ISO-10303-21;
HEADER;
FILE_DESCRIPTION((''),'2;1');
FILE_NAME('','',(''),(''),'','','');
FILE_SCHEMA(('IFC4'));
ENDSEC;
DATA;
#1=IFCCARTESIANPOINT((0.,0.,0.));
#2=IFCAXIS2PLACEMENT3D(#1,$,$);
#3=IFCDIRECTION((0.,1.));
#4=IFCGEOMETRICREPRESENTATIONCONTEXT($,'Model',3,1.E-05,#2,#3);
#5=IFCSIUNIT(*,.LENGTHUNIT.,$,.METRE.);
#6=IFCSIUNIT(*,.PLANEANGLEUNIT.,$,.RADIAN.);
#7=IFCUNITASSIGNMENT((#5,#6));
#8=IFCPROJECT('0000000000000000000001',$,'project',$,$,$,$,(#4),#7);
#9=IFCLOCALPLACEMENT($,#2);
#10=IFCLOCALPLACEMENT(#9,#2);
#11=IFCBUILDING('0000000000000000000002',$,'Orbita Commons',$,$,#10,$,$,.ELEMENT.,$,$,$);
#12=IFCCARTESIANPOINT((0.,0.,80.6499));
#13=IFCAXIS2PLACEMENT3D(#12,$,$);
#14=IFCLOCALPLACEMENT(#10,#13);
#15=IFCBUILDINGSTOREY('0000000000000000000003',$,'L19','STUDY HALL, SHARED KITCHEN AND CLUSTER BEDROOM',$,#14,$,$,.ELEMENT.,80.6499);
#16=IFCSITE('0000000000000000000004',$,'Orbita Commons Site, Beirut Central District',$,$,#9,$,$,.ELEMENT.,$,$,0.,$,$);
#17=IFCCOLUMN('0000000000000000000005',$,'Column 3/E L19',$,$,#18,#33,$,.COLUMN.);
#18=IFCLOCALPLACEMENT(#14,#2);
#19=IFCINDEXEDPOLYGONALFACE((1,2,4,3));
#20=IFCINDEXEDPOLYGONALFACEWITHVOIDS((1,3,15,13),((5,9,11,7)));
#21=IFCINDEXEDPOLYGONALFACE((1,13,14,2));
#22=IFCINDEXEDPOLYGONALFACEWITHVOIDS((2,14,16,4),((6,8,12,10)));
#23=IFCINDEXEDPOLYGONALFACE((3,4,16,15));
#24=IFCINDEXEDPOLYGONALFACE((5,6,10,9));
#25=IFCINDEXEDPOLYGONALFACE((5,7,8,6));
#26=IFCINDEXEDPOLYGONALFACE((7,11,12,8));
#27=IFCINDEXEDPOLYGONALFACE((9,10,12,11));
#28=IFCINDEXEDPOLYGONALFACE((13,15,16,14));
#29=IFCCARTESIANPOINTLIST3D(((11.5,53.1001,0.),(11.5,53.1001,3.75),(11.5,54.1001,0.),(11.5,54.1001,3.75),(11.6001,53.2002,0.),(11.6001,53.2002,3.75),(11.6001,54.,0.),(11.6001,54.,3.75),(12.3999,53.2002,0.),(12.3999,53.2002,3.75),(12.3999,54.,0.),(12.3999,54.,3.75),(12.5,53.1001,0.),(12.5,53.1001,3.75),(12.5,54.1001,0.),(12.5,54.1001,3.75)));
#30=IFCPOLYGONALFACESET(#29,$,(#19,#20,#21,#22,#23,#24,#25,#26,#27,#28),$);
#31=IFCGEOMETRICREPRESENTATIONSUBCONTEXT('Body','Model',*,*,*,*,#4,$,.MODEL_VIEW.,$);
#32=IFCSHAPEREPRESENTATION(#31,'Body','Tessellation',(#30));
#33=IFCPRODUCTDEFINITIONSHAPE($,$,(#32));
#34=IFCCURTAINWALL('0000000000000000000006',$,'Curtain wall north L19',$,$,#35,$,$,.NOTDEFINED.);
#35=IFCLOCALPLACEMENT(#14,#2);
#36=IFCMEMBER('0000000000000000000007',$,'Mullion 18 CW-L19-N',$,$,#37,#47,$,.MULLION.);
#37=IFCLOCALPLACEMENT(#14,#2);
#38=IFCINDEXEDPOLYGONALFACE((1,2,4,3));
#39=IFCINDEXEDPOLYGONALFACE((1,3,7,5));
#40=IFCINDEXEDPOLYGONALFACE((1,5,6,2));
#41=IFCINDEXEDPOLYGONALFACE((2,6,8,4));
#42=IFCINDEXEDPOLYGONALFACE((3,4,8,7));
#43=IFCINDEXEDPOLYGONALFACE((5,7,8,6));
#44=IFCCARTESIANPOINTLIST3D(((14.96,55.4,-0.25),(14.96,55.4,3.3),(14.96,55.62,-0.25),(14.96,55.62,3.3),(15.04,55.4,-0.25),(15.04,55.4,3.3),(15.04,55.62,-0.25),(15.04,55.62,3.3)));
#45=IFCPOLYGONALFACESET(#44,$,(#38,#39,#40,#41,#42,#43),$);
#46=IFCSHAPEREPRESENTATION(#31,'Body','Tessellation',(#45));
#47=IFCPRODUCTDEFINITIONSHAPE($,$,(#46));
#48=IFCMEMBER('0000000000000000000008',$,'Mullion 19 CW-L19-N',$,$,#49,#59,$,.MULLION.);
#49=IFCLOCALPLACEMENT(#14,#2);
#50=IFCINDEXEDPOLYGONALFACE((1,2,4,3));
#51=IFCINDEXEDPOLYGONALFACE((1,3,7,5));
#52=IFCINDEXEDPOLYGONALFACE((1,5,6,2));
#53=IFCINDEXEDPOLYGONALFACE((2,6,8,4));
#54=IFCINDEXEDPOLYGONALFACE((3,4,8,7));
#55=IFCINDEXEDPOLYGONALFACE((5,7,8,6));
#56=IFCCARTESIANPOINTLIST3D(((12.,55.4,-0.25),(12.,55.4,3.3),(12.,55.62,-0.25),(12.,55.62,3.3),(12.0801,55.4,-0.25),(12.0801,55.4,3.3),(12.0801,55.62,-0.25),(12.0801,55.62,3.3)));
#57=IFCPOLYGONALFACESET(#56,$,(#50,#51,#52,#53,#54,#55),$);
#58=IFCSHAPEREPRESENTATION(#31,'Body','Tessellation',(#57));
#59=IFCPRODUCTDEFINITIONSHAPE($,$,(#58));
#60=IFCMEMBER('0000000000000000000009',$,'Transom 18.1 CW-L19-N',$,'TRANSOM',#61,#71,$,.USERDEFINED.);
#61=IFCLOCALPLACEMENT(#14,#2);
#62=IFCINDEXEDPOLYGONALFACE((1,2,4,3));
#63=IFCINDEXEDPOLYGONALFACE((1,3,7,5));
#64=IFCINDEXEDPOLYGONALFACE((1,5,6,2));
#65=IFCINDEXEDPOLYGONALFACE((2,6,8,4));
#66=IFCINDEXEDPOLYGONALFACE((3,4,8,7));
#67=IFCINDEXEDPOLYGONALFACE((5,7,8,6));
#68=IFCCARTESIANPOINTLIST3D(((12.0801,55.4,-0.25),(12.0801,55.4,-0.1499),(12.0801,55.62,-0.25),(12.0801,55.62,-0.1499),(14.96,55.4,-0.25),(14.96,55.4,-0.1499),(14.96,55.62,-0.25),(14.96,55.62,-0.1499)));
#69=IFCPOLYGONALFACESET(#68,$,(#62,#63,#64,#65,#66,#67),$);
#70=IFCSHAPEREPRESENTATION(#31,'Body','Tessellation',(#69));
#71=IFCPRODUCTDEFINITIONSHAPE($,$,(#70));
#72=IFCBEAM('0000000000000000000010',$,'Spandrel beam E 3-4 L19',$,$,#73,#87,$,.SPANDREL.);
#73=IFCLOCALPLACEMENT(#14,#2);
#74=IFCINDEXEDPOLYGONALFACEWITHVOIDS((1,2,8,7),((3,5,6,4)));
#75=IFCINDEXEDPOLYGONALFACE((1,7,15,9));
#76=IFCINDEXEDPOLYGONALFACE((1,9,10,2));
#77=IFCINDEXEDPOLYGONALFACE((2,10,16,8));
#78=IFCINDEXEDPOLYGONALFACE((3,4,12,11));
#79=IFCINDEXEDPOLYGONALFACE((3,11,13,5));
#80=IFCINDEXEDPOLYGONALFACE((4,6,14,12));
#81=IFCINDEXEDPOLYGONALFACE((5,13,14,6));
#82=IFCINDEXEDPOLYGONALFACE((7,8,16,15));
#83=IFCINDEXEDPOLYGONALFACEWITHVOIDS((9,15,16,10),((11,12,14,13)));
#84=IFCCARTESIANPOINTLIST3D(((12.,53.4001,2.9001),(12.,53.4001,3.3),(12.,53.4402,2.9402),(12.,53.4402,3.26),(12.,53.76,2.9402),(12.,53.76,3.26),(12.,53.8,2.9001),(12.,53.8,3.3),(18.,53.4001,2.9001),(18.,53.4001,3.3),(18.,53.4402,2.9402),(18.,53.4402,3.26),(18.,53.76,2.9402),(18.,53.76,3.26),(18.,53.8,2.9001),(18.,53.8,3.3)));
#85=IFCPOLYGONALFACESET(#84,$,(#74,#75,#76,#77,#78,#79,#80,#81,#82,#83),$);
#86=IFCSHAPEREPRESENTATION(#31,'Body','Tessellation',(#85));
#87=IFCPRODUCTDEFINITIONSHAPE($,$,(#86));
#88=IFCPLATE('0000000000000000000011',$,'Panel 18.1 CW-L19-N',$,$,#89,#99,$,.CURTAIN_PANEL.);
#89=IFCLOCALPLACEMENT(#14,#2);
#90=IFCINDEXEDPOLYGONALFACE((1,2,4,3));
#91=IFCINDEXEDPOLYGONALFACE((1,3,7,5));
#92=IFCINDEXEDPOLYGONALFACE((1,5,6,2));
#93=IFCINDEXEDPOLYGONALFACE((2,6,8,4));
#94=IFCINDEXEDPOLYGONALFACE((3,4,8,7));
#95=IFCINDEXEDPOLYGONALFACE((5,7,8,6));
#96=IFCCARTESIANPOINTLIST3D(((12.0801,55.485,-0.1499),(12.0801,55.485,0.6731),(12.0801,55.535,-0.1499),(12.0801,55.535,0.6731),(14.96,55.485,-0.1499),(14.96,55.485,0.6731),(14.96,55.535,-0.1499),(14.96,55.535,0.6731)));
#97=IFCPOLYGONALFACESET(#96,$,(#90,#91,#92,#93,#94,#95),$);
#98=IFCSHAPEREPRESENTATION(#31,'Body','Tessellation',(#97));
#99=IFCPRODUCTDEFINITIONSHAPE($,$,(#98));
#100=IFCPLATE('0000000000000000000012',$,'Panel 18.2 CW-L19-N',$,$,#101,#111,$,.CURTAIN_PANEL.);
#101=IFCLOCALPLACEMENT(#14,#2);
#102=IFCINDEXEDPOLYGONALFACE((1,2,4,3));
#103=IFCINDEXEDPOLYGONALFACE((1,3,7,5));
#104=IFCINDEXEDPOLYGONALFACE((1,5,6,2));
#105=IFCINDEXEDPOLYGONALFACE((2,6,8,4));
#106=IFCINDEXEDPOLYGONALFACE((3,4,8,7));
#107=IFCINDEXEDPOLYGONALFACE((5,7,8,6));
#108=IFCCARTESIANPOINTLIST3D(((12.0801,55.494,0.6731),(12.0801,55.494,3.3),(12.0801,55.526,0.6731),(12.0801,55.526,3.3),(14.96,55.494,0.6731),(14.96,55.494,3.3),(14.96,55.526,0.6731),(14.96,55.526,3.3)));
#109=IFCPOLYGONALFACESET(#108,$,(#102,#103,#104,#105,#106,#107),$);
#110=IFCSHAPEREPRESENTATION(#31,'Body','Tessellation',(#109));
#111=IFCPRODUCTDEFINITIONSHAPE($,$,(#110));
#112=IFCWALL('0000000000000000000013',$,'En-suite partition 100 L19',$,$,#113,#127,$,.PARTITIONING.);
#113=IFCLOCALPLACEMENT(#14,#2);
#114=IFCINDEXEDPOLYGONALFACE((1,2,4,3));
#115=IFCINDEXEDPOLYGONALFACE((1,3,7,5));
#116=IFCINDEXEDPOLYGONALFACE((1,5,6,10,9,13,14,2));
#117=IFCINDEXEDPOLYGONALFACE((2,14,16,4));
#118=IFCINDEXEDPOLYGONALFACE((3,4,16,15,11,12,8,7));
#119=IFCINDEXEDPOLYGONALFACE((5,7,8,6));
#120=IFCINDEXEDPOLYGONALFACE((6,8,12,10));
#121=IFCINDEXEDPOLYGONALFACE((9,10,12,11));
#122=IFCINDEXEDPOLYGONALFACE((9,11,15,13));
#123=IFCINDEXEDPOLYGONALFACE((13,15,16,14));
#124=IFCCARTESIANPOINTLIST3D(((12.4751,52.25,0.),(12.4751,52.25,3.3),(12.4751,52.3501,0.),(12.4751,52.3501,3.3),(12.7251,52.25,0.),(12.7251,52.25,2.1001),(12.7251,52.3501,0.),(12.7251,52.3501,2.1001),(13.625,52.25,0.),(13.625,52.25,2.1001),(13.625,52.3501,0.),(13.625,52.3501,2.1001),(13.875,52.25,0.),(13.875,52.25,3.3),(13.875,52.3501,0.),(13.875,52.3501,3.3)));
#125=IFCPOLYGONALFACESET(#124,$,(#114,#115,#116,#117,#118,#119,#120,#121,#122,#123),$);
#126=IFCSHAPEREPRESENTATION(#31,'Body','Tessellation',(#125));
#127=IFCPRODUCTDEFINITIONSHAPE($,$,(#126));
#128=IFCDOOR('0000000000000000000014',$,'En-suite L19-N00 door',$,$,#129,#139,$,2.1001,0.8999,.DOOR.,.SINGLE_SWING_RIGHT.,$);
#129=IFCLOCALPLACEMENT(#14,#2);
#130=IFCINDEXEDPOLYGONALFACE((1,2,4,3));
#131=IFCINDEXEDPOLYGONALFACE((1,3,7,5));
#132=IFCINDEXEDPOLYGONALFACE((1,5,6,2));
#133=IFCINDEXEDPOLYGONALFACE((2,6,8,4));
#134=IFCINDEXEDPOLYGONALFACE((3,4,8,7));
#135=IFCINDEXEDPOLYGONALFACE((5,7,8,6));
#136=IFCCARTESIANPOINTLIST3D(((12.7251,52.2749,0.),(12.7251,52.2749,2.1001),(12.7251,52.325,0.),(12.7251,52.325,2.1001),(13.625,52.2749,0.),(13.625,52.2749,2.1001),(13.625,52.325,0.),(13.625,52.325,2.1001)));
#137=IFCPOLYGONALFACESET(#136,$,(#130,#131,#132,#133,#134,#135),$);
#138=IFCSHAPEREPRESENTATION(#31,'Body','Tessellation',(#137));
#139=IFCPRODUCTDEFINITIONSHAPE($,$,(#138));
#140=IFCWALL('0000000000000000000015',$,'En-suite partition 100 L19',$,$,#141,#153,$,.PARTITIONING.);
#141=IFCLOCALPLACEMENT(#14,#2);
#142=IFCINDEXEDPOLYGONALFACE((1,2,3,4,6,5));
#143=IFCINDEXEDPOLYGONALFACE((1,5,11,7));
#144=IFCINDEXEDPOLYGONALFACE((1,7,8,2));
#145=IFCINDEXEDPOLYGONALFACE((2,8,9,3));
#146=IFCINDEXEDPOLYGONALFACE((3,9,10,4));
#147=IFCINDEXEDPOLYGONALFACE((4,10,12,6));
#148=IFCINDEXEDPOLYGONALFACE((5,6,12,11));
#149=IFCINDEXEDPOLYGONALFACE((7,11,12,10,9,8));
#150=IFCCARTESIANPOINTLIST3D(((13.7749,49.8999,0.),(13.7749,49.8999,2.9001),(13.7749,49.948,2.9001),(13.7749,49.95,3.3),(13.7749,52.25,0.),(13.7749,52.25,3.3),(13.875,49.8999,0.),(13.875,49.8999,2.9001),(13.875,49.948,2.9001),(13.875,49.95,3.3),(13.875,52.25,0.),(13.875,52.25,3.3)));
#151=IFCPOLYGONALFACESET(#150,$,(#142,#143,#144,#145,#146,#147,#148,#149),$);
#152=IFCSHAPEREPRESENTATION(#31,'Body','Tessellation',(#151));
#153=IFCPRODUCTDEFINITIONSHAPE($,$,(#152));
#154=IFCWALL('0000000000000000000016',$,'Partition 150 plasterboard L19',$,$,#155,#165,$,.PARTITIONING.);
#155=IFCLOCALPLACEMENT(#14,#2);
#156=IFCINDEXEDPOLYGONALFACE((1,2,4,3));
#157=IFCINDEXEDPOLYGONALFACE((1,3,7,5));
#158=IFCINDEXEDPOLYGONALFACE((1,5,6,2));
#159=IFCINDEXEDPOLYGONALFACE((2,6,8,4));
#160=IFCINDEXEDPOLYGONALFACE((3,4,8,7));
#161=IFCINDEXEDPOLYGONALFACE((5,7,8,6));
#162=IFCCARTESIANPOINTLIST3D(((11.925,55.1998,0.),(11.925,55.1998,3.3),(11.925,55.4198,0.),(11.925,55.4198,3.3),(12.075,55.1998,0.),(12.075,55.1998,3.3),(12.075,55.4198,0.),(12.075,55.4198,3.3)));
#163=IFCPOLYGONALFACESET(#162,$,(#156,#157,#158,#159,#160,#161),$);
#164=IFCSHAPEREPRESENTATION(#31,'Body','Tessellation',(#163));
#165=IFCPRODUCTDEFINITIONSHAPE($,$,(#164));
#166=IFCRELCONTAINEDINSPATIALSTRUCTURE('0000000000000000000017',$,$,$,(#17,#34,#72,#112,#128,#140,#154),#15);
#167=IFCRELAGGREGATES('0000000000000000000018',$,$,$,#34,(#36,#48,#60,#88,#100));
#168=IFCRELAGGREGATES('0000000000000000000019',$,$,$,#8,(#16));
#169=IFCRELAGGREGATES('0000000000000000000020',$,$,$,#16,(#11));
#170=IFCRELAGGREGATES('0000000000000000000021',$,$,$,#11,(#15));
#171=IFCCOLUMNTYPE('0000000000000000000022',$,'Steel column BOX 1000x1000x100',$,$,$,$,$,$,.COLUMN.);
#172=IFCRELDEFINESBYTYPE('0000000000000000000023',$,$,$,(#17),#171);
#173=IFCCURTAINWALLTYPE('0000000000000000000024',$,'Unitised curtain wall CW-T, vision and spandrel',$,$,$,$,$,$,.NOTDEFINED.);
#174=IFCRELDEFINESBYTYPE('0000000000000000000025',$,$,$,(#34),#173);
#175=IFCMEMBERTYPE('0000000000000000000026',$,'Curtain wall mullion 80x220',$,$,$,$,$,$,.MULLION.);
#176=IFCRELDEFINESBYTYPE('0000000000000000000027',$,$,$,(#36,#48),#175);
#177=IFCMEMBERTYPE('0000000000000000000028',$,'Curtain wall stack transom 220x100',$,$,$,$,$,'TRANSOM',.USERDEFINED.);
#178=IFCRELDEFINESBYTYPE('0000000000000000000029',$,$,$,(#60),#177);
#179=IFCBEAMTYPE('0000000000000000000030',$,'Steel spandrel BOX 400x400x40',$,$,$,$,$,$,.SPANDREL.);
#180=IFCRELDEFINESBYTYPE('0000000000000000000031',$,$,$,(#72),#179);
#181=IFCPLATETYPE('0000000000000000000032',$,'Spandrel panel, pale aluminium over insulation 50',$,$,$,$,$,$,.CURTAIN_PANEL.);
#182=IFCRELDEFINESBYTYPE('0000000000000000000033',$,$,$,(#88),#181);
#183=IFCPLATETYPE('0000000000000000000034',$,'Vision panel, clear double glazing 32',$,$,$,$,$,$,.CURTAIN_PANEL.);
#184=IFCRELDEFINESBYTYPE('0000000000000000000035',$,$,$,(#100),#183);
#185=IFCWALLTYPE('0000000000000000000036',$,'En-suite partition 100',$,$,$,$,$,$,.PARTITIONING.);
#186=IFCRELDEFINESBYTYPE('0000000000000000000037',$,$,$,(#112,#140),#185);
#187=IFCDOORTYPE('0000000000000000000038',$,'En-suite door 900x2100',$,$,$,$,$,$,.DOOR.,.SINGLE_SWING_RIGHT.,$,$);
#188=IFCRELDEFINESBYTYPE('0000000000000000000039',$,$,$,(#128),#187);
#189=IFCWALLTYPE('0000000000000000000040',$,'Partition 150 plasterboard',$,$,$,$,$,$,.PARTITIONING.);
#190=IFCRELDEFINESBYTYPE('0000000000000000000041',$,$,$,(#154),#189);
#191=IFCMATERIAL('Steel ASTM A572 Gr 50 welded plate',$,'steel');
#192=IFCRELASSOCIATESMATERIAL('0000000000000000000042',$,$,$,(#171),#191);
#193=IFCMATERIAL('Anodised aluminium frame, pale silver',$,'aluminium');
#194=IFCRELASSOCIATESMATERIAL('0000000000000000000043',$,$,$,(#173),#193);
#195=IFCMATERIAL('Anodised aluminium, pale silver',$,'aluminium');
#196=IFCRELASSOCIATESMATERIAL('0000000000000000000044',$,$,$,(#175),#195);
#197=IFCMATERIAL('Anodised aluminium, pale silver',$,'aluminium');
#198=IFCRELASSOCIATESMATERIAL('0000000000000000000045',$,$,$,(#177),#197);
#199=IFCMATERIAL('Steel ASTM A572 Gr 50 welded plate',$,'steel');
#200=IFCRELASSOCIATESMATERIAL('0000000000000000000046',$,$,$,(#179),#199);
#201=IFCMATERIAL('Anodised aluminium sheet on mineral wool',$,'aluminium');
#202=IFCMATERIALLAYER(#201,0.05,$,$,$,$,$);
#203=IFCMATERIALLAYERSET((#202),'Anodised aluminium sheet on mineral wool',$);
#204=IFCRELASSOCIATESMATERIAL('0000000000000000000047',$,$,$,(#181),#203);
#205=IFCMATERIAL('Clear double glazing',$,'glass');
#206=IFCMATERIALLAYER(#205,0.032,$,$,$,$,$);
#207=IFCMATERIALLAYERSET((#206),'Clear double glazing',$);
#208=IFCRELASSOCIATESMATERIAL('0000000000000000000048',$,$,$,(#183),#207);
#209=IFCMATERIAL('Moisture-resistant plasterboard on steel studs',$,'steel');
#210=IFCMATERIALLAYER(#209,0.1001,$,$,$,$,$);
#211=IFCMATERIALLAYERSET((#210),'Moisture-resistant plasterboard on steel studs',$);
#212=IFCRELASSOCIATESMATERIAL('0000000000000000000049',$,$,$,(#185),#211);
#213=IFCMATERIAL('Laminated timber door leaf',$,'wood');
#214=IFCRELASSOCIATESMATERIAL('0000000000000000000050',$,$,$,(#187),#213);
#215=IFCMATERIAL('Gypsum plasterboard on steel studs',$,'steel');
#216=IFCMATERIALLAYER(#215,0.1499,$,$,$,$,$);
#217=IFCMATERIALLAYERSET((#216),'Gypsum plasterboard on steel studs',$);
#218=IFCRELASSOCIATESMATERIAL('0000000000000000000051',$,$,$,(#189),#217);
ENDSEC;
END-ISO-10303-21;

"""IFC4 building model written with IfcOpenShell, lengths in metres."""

from ifc_helpers import new_model, si_unit, direction, frame, frame_2d, origin, origin_2d, place, context, subcontext, project, spatial, polyline, rectangle, hollow_rectangle, outline, extrude, material, layer, layer_set, material_profile, profile_set, type_object, element, fill, aggregate, save


model = new_model("IFC4")

# Units and contexts
model_context = context("Model", 3, precision=1e-05, world=origin(), true_north=direction((0.0, 1.0)))
body_context = subcontext(model_context, "Body", "Model", "MODEL_VIEW")
ifc_project = project(units=[si_unit("LENGTHUNIT", "METRE"), si_unit("PLANEANGLEUNIT", "RADIAN")], contexts=[model_context])

# Site, building, storey
site_placement = place(None, origin())
site = spatial("IfcSite", under=ifc_project, at=site_placement, Name="Orbita Commons Site, Beirut Central District", CompositionType="ELEMENT", RefElevation=0.0)
building_placement = place(site_placement, origin())
building = spatial("IfcBuilding", under=site, at=building_placement, Name="Orbita Commons", CompositionType="ELEMENT")
storey_placement = place(building_placement, frame((0.0, 0.0, 80.6499)))
storey = spatial("IfcBuildingStorey", under=building, at=storey_placement, Name="L19", Description="STUDY HALL, SHARED KITCHEN AND CLUSTER BEDROOM", CompositionType="ELEMENT", Elevation=80.6499)

# Column
ifc_material_1 = material(Name="Steel ASTM A572 Gr 50 welded plate", Category="steel")
ifc_material_profile_1 = material_profile(ifc_material_1, hollow_rectangle(XDim=1.0, YDim=1.0, WallThickness=0.1001, at=origin_2d()), Name="BOX 1000x1000x100")
ifc_profile_set_1 = profile_set([ifc_material_profile_1], Name="Steel ASTM A572 Gr 50 welded plate")
column_type = type_object("IfcColumnType", Name="Steel column BOX 1000x1000x100", PredefinedType="COLUMN", material=ifc_profile_set_1)
column_placement = place(storey_placement, frame((12.0, 53.6001, 0.0), z_axis=(0.0, 0.0, 1.0), x_axis=(1.0, 0.0, 0.0)))
element("IfcColumn", 1, at=column_placement, inside=storey, type_object=column_type, Name="Column 3/E L19", PredefinedType="COLUMN", context=body_context, shape_type="SweptSolid", body=[
    extrude(hollow_rectangle(XDim=1.0, YDim=1.0, WallThickness=0.1001, at=origin_2d()), origin(), (0.0, 0.0, 1.0), 3.75),
])

# Curtain wall, members
ifc_material_2 = material(Name="Anodised aluminium frame, pale silver", Category="aluminium")
curtain_wall_type = type_object("IfcCurtainWallType", Name="Unitised curtain wall CW-T, vision and spandrel", PredefinedType="NOTDEFINED", material=ifc_material_2)
curtain_wall_placement = place(storey_placement, origin())
curtain_wall = element("IfcCurtainWall", 2, at=curtain_wall_placement, inside=storey, type_object=curtain_wall_type, Name="Curtain wall north L19", PredefinedType="NOTDEFINED")
ifc_material_3 = material(Name="Anodised aluminium, pale silver", Category="aluminium")
ifc_material_profile_2 = material_profile(ifc_material_3, rectangle(XDim=0.0801, YDim=0.22, at=origin_2d()), Name="AL 80x220")
ifc_profile_set_2 = profile_set([ifc_material_profile_2], Name="Anodised aluminium, pale silver")
member_type_1 = type_object("IfcMemberType", Name="Curtain wall mullion 80x220", PredefinedType="MULLION", material=ifc_profile_set_2)
member_1_placement = place(storey_placement, frame((15.0, 55.51, -0.25), z_axis=(0.0, 0.0, 1.0), x_axis=(-1.0, 0.0, 0.0)))
member_1 = element("IfcMember", 3, at=member_1_placement, type_object=member_type_1, Name="Mullion 18 CW-L19-N", PredefinedType="MULLION", context=body_context, shape_type="SweptSolid", body=[
    extrude(rectangle(XDim=0.0801, YDim=0.22, at=origin_2d()), origin(), (0.0, 0.0, 1.0), 3.55),
])
member_2_placement = place(storey_placement, frame((12.04, 55.51, -0.25), z_axis=(0.0, 0.0, 1.0), x_axis=(-1.0, 0.0, 0.0)))
member_2 = element("IfcMember", 4, at=member_2_placement, type_object=member_type_1, Name="Mullion 19 CW-L19-N", PredefinedType="MULLION", context=body_context, shape_type="SweptSolid", body=[
    extrude(rectangle(XDim=0.0801, YDim=0.22, at=origin_2d()), origin(), (0.0, 0.0, 1.0), 3.55),
])
ifc_material_4 = material(Name="Anodised aluminium, pale silver", Category="aluminium")
ifc_material_profile_3 = material_profile(ifc_material_4, rectangle(XDim=0.22, YDim=0.1001, at=origin_2d()), Name="AL 220x100")
ifc_profile_set_3 = profile_set([ifc_material_profile_3], Name="Anodised aluminium, pale silver")
member_type_2 = type_object("IfcMemberType", Name="Curtain wall stack transom 220x100", ElementType="TRANSOM", PredefinedType="USERDEFINED", material=ifc_profile_set_3)
member_3_placement = place(storey_placement, frame((14.96, 55.51, -0.2), z_axis=(-1.0, 0.0, 0.0), x_axis=(0.0, -1.0, 0.0)))
member_3 = element("IfcMember", 5, at=member_3_placement, type_object=member_type_2, Name="Transom 18.1 CW-L19-N", ObjectType="TRANSOM", PredefinedType="USERDEFINED", context=body_context, shape_type="SweptSolid", body=[
    extrude(rectangle(XDim=0.22, YDim=0.1001, at=origin_2d()), origin(), (0.0, 0.0, 1.0), 2.8799),
])

# Beam
ifc_material_5 = material(Name="Steel ASTM A572 Gr 50 welded plate", Category="steel")
ifc_material_profile_4 = material_profile(ifc_material_5, hollow_rectangle(XDim=0.3999, YDim=0.3999, WallThickness=0.04, at=origin_2d()), Name="BOX 400x400x40")
ifc_profile_set_4 = profile_set([ifc_material_profile_4], Name="Steel ASTM A572 Gr 50 welded plate")
beam_type = type_object("IfcBeamType", Name="Steel spandrel BOX 400x400x40", PredefinedType="SPANDREL", material=ifc_profile_set_4)
beam_placement = place(storey_placement, frame((12.0, 53.6001, 3.1001), z_axis=(1.0, 0.0, 0.0), x_axis=(0.0, 1.0, 0.0)))
element("IfcBeam", 6, at=beam_placement, inside=storey, type_object=beam_type, Name="Spandrel beam E 3-4 L19", PredefinedType="SPANDREL", context=body_context, shape_type="SweptSolid", body=[
    extrude(hollow_rectangle(XDim=0.3999, YDim=0.3999, WallThickness=0.04, at=origin_2d()), origin(), (0.0, 0.0, 1.0), 6.0),
])

# Plates
ifc_material_6 = material(Name="Anodised aluminium sheet on mineral wool", Category="aluminium")
ifc_layer_1 = layer(ifc_material_6, 0.05)
ifc_layer_set_1 = layer_set([ifc_layer_1], Name="Anodised aluminium sheet on mineral wool")
plate_type_1 = type_object("IfcPlateType", Name="Spandrel panel, pale aluminium over insulation 50", PredefinedType="CURTAIN_PANEL", material=ifc_layer_set_1)
plate_1_placement = place(storey_placement, frame((13.52, 55.51, -0.1499), z_axis=(0.0, 0.0, 1.0), x_axis=(-1.0, 0.0, 0.0)))
plate_1 = element("IfcPlate", 7, at=plate_1_placement, type_object=plate_type_1, Name="Panel 18.1 CW-L19-N", PredefinedType="CURTAIN_PANEL", context=body_context, shape_type="SweptSolid", body=[
    extrude(rectangle(XDim=2.8799, YDim=0.05, at=origin_2d()), origin(), (0.0, 0.0, 1.0), 0.823),
])
ifc_material_7 = material(Name="Clear double glazing", Category="glass")
ifc_layer_2 = layer(ifc_material_7, 0.032)
ifc_layer_set_2 = layer_set([ifc_layer_2], Name="Clear double glazing")
plate_type_2 = type_object("IfcPlateType", Name="Vision panel, clear double glazing 32", PredefinedType="CURTAIN_PANEL", material=ifc_layer_set_2)
plate_2_placement = place(storey_placement, frame((13.52, 55.51, 0.6731), z_axis=(0.0, 0.0, 1.0), x_axis=(-1.0, 0.0, 0.0)))
plate_2 = element("IfcPlate", 8, at=plate_2_placement, type_object=plate_type_2, Name="Panel 18.2 CW-L19-N", PredefinedType="CURTAIN_PANEL", context=body_context, shape_type="SweptSolid", body=[
    extrude(rectangle(XDim=2.8799, YDim=0.032, at=origin_2d()), origin(), (0.0, 0.0, 1.0), 2.627),
])
aggregate(curtain_wall, [member_1, member_2, member_3, plate_1, plate_2])

# Wall, opening, door
ifc_material_8 = material(Name="Moisture-resistant plasterboard on steel studs", Category="steel")
ifc_layer_3 = layer(ifc_material_8, 0.1001)
ifc_layer_set_3 = layer_set([ifc_layer_3], Name="Moisture-resistant plasterboard on steel studs")
wall_type_1 = type_object("IfcWallType", Name="En-suite partition 100", PredefinedType="PARTITIONING", material=ifc_layer_set_3)
wall_1_placement = place(storey_placement, frame((12.4751, 52.3, 0.0), z_axis=(0.0, 0.0, 1.0), x_axis=(1.0, 0.0, 0.0)))
wall_1 = element("IfcWall", 9, at=wall_1_placement, inside=storey, type_object=wall_type_1, Name="En-suite partition 100 L19", PredefinedType="PARTITIONING", context=body_context, shape_type="SweptSolid", body=[
    extrude(rectangle(XDim=1.3999, YDim=0.1001, at=frame_2d((0.7, 0.0))), origin(), (0.0, 0.0, 1.0), 3.3),
])
opening_1_placement = place(wall_1_placement, frame((0.25, 0.0, 0.0)))
opening_1 = element("IfcOpeningElement", 10, at=opening_1_placement, cuts=wall_1, PredefinedType="OPENING", context=body_context, shape_type="SweptSolid", body=[
    extrude(rectangle(XDim=0.8999, YDim=2.1001, at=frame_2d((0.45, 1.05))), frame((0.0, 0.0601, 0.0), z_axis=(0.0, -1.0, 0.0), x_axis=(1.0, 0.0, 0.0)), (0.0, 0.0, 1.0), 0.1201),
])
ifc_material_9 = material(Name="Laminated timber door leaf", Category="wood")
door_type = type_object("IfcDoorType", Name="En-suite door 900x2100", OperationType="SINGLE_SWING_RIGHT", PredefinedType="DOOR", material=ifc_material_9)
door_placement = place(opening_1_placement, origin())
door = element("IfcDoor", 11, at=door_placement, inside=storey, type_object=door_type, Name="En-suite L19-N00 door", OperationType="SINGLE_SWING_RIGHT", OverallHeight=2.1001, OverallWidth=0.8999, PredefinedType="DOOR", context=body_context, shape_type="SweptSolid", body=[
    extrude(rectangle(XDim=0.8999, YDim=2.1001, at=frame_2d((0.45, 1.05))), frame((0.0, 0.0249, 0.0), z_axis=(0.0, -1.0, 0.0), x_axis=(1.0, 0.0, 0.0)), (0.0, 0.0, 1.0), 0.05),
])
fill(opening_1, door)

# Walls
wall_2_placement = place(storey_placement, frame((13.825, 52.25, 0.0), z_axis=(0.0, 0.0, 1.0), x_axis=(0.0, -1.0, 0.0)))
element("IfcWall", 12, at=wall_2_placement, inside=storey, type_object=wall_type_1, Name="En-suite partition 100 L19", PredefinedType="PARTITIONING", context=body_context, shape_type="SweptSolid", body=[
    extrude(outline(polyline([(0.0, 0.0), (2.3501, 0.0), (2.3501, 2.9001), (2.302, 2.9001), (2.3, 3.3), (0.0, 3.3), (0.0, 0.0)])), frame((0.0, 0.05, 0.0), z_axis=(0.0, -1.0, 0.0), x_axis=(1.0, 0.0, 0.0)), (0.0, 0.0, 1.0), 0.1001),
])
ifc_material_10 = material(Name="Gypsum plasterboard on steel studs", Category="steel")
ifc_layer_4 = layer(ifc_material_10, 0.1499)
ifc_layer_set_4 = layer_set([ifc_layer_4], Name="Gypsum plasterboard on steel studs")
wall_type_2 = type_object("IfcWallType", Name="Partition 150 plasterboard", PredefinedType="PARTITIONING", material=ifc_layer_set_4)
wall_3_placement = place(storey_placement, frame((12.0, 55.2, 0.0), z_axis=(0.0, 0.0, 1.0), x_axis=(0.0, 1.0, 0.0)))
element("IfcWall", 13, at=wall_3_placement, inside=storey, type_object=wall_type_2, Name="Partition 150 plasterboard L19", PredefinedType="PARTITIONING", context=body_context, shape_type="SweptSolid", body=[
    extrude(rectangle(XDim=0.22, YDim=0.1499, at=frame_2d((0.1099, 0.0))), origin(), (0.0, 0.0, 1.0), 3.3),
])

save(model, "model.ifc")
